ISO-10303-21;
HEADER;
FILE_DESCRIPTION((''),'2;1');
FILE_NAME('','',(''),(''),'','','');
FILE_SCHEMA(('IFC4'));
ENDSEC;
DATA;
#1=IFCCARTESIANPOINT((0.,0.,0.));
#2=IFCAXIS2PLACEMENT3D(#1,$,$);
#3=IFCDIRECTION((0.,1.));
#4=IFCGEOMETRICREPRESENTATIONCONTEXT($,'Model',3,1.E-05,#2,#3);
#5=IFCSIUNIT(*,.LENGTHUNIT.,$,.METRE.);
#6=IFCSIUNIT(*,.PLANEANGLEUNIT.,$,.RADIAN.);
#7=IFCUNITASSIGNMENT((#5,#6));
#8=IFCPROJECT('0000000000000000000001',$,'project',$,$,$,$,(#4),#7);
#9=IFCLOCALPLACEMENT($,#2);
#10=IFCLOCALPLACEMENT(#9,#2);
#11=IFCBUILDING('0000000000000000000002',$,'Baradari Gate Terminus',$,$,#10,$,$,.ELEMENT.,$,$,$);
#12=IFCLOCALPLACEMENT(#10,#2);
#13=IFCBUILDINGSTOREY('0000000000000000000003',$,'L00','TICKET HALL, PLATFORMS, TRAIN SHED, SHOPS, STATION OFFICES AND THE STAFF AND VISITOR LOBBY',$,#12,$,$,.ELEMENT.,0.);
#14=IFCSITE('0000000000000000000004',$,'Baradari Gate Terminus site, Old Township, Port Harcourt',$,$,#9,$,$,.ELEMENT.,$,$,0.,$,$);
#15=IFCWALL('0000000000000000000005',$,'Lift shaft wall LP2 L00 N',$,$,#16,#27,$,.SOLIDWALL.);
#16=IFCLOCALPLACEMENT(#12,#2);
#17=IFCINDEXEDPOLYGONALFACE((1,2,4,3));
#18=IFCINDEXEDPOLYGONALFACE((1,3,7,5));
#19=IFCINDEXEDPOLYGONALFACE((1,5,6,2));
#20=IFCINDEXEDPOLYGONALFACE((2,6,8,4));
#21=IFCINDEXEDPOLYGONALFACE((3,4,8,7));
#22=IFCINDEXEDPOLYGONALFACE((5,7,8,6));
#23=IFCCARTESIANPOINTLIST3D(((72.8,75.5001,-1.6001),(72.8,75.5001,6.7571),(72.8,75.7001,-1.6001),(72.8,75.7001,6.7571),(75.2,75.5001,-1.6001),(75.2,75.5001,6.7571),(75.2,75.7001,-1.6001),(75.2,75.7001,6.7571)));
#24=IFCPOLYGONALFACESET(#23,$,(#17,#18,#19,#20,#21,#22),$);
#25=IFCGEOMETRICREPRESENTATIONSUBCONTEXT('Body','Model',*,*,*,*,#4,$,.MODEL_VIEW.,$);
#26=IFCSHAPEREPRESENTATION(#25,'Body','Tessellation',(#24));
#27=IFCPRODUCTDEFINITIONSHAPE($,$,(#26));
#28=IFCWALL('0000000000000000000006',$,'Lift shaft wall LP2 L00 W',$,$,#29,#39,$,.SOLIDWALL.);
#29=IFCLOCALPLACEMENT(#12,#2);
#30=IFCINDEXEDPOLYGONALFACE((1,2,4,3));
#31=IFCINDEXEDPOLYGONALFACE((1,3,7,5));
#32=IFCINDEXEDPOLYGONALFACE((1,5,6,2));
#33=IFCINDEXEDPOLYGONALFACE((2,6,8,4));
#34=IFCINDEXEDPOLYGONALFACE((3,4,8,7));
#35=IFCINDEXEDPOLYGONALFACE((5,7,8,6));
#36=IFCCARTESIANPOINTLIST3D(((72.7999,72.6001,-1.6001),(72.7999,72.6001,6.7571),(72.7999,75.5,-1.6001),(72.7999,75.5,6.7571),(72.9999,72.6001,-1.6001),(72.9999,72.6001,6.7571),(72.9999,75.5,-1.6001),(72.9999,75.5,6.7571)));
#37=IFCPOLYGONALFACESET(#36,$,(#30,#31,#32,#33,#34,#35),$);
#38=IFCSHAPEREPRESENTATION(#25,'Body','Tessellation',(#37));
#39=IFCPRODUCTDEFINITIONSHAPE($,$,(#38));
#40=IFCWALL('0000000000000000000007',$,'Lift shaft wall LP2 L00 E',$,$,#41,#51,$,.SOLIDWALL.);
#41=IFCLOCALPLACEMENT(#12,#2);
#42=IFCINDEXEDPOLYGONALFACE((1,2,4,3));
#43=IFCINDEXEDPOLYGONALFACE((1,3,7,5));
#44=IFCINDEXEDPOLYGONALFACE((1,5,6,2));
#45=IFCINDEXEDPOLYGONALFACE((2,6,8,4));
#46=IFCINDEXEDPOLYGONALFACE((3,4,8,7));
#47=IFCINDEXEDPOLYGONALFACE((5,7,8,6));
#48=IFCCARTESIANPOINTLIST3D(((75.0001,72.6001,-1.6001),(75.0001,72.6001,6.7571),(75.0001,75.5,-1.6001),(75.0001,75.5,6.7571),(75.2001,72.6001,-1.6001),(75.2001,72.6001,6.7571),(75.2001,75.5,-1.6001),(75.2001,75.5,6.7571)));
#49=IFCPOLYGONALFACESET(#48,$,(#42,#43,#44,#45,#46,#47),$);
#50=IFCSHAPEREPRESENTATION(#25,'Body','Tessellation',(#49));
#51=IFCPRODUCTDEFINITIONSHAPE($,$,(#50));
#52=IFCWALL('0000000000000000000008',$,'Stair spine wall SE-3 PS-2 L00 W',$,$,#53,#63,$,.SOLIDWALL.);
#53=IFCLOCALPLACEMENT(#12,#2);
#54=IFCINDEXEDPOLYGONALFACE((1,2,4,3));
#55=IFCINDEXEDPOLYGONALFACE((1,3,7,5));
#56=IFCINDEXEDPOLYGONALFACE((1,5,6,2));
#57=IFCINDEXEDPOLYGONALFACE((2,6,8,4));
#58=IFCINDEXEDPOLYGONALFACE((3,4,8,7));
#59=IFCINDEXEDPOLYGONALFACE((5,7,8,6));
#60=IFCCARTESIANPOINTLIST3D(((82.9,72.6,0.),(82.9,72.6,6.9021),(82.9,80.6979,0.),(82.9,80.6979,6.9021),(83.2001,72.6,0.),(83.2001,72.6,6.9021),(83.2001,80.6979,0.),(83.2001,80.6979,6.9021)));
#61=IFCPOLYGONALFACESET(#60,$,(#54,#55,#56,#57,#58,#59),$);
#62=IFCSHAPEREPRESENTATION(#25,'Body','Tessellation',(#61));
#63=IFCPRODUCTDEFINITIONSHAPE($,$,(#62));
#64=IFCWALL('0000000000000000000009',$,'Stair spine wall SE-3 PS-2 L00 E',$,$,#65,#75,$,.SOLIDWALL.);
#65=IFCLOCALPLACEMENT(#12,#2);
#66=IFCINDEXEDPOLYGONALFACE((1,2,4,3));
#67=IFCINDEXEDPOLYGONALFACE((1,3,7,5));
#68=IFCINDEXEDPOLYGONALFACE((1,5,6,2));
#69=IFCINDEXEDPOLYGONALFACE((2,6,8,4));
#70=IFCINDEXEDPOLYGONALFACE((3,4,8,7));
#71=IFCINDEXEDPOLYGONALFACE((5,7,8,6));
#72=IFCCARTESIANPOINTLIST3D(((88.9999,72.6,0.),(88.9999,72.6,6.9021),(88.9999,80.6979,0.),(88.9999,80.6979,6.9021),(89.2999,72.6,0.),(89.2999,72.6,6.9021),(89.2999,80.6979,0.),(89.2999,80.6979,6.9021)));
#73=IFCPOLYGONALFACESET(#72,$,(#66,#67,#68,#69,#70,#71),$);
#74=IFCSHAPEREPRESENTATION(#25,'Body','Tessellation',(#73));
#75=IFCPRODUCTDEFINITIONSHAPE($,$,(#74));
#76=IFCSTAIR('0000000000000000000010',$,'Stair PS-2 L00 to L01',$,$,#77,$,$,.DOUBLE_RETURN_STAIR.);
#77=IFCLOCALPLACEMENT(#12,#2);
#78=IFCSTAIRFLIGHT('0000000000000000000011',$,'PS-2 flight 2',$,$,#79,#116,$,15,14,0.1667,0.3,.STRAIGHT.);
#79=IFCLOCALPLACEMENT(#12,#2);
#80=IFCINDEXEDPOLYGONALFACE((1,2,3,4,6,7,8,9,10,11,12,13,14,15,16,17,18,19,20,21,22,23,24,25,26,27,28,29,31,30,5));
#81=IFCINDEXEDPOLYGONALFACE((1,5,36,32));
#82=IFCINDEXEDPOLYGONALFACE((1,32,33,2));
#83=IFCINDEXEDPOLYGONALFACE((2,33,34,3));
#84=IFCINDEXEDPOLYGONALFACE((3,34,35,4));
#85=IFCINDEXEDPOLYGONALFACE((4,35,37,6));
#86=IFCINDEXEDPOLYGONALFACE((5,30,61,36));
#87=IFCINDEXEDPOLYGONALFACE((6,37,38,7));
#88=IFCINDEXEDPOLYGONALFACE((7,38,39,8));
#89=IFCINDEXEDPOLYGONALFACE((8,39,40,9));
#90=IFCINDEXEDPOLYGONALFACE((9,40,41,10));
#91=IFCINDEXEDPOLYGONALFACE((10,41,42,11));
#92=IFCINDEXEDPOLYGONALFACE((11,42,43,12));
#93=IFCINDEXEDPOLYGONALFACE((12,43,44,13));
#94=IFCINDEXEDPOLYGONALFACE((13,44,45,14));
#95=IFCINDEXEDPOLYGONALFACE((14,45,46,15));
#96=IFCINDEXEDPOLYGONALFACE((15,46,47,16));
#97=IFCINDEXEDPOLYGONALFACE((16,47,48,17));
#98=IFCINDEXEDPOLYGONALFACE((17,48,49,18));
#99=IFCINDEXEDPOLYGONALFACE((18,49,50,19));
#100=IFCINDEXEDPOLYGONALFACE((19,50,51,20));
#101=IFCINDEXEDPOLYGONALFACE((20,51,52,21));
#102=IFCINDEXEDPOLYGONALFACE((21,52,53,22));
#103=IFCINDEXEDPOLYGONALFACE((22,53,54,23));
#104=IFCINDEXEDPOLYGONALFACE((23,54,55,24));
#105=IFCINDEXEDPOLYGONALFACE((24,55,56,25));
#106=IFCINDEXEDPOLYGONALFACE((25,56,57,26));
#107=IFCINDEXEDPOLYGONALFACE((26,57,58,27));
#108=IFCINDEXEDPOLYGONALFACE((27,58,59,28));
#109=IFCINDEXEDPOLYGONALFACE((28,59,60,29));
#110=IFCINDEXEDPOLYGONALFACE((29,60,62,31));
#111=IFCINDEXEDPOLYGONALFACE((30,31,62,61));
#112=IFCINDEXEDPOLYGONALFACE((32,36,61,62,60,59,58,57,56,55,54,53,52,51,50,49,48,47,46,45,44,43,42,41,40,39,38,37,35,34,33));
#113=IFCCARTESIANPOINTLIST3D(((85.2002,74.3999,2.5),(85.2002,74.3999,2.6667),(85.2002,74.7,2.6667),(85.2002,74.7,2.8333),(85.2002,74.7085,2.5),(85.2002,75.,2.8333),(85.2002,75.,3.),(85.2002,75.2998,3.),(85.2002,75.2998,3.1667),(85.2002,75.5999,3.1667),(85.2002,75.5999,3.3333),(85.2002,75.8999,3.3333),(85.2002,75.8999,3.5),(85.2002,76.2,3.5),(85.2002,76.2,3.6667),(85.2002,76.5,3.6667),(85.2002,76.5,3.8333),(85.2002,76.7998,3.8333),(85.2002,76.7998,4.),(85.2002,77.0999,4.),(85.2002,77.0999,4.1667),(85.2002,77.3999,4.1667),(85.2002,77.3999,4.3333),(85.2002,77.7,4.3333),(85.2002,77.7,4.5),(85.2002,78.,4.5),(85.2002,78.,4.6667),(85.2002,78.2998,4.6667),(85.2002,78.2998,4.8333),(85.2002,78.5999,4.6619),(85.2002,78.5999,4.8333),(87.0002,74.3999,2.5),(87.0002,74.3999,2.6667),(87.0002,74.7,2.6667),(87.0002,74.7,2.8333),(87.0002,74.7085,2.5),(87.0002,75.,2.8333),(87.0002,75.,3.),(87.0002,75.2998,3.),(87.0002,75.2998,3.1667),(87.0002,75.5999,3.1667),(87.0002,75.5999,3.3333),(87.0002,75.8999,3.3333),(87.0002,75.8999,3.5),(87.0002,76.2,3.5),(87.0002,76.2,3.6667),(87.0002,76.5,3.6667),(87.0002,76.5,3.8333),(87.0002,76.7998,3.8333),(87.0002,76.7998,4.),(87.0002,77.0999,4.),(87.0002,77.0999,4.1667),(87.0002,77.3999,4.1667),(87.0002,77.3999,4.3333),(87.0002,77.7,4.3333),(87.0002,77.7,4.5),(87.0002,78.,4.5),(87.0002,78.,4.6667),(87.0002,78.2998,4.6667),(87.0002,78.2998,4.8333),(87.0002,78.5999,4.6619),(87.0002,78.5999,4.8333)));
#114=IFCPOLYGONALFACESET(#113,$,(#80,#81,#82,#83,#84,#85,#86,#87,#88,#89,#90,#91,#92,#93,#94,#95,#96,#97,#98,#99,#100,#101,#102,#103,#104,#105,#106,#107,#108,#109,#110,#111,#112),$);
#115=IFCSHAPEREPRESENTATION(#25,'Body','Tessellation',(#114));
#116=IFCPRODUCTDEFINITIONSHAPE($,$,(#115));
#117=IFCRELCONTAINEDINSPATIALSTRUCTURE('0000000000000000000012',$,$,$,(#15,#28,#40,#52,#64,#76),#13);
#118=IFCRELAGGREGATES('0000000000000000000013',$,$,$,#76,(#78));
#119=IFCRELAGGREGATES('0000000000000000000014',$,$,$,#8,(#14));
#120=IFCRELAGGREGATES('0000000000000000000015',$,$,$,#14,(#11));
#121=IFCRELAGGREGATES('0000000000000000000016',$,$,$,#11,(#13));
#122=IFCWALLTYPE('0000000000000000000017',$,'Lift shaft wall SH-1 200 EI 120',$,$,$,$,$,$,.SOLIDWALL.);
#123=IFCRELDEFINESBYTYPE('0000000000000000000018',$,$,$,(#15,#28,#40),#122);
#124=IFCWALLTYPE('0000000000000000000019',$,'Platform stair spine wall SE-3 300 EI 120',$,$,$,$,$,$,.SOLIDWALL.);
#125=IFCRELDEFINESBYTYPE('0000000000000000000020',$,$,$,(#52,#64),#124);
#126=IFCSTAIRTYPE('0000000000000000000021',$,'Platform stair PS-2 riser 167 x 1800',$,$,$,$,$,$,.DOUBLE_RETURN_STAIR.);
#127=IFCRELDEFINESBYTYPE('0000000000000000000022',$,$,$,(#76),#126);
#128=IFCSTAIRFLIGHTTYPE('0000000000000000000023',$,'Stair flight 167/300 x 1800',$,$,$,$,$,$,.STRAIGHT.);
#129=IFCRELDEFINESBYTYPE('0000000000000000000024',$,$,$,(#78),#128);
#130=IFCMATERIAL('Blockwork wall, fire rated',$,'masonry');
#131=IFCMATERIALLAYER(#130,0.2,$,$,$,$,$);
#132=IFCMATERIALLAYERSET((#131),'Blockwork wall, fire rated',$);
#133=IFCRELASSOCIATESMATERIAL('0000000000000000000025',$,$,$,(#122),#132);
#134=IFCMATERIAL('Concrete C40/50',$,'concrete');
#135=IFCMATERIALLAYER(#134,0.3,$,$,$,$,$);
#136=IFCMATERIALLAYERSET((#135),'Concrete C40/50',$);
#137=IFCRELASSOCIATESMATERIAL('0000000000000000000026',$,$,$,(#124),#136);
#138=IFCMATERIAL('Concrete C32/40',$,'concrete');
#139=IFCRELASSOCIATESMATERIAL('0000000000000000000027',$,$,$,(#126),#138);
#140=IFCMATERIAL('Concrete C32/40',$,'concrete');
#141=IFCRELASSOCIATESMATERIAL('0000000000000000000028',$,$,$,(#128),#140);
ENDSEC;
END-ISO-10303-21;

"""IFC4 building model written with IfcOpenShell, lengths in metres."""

from ifc_helpers import new_model, si_unit, direction, frame, frame_2d, origin, place, context, subcontext, project, spatial, polyline, rectangle, outline, extrude, material, layer, layer_set, type_object, element, aggregate, save


model = new_model("IFC4")

# Units and contexts
model_context = context("Model", 3, precision=1e-05, world=origin(), true_north=direction((0.0, 1.0)))
body_context = subcontext(model_context, "Body", "Model", "MODEL_VIEW")
ifc_project = project(units=[si_unit("LENGTHUNIT", "METRE"), si_unit("PLANEANGLEUNIT", "RADIAN")], contexts=[model_context])

# Site, building, storey
site_placement = place(None, origin())
site = spatial("IfcSite", under=ifc_project, at=site_placement, Name="Baradari Gate Terminus site, Old Township, Port Harcourt", CompositionType="ELEMENT", RefElevation=0.0)
building_placement = place(site_placement, origin())
building = spatial("IfcBuilding", under=site, at=building_placement, Name="Baradari Gate Terminus", CompositionType="ELEMENT")
storey_placement = place(building_placement, origin())
storey = spatial("IfcBuildingStorey", under=building, at=storey_placement, Name="L00", Description="TICKET HALL, PLATFORMS, TRAIN SHED, SHOPS, STATION OFFICES AND THE STAFF AND VISITOR LOBBY", CompositionType="ELEMENT", Elevation=0.0)

# Shared definitions
ifc_material_1 = material(Name="Blockwork wall, fire rated", Category="masonry")
ifc_layer_1 = layer(ifc_material_1, 0.2)
ifc_layer_set_1 = layer_set([ifc_layer_1], Name="Blockwork wall, fire rated")
wall_type_1 = type_object("IfcWallType", Name="Lift shaft wall SH-1 200 EI 120", PredefinedType="SOLIDWALL", material=ifc_layer_set_1)

# Walls
wall_1_placement = place(storey_placement, frame((72.8, 75.6001, -1.6001), z_axis=(0.0, 0.0, 1.0), x_axis=(1.0, 0.0, 0.0)))
element("IfcWall", 1, at=wall_1_placement, inside=storey, type_object=wall_type_1, Name="Lift shaft wall LP2 L00 N", PredefinedType="SOLIDWALL", context=body_context, shape_type="SweptSolid", body=[
    extrude(rectangle(XDim=2.3999, YDim=0.2, at=frame_2d((1.2, 0.0))), origin(), (0.0, 0.0, 1.0), 8.3572),
])
for number, where, z_axis, x_axis, name in (
    (2, (72.8999, 72.6001, -1.6001), (0.0, 0.0, 1.0), (0.0, 1.0, 0.0), "Lift shaft wall LP2 L00 W"),
    (3, (75.1001, 72.6001, -1.6001), (0.0, 0.0, 1.0), (0.0, 1.0, 0.0), "Lift shaft wall LP2 L00 E"),
):
    element("IfcWall", number, at=place(storey_placement, frame(where, z_axis=z_axis, x_axis=x_axis)), inside=storey, type_object=wall_type_1, Name=name, PredefinedType="SOLIDWALL", context=body_context, shape_type="SweptSolid", body=[
        extrude(rectangle(XDim=2.8999, YDim=0.2, at=frame_2d((1.45, 0.0))), origin(), (0.0, 0.0, 1.0), 8.3572),
    ])
ifc_material_2 = material(Name="Concrete C40/50", Category="concrete")
ifc_layer_2 = layer(ifc_material_2, 0.3)
ifc_layer_set_2 = layer_set([ifc_layer_2], Name="Concrete C40/50")
wall_type_2 = type_object("IfcWallType", Name="Platform stair spine wall SE-3 300 EI 120", PredefinedType="SOLIDWALL", material=ifc_layer_set_2)
for number, where, z_axis, x_axis, name in (
    (4, (83.05, 72.6001, 0.0), (0.0, 0.0, 1.0), (0.0, 1.0, 0.0), "Stair spine wall SE-3 PS-2 L00 W"),
    (5, (89.1499, 72.6001, 0.0), (0.0, 0.0, 1.0), (0.0, 1.0, 0.0), "Stair spine wall SE-3 PS-2 L00 E"),
):
    element("IfcWall", number, at=place(storey_placement, frame(where, z_axis=z_axis, x_axis=x_axis)), inside=storey, type_object=wall_type_2, Name=name, PredefinedType="SOLIDWALL", context=body_context, shape_type="SweptSolid", body=[
        extrude(rectangle(XDim=8.0979, YDim=0.3, at=frame_2d((4.0488, 0.0))), origin(), (0.0, 0.0, 1.0), 6.9021),
    ])

# Stair, stair flight
ifc_material_3 = material(Name="Concrete C32/40", Category="concrete")
stair_type = type_object("IfcStairType", Name="Platform stair PS-2 riser 167 x 1800", PredefinedType="DOUBLE_RETURN_STAIR", material=ifc_material_3)
stair_placement = place(storey_placement, origin())
stair = element("IfcStair", 6, at=stair_placement, inside=storey, type_object=stair_type, Name="Stair PS-2 L00 to L01", PredefinedType="DOUBLE_RETURN_STAIR")
ifc_material_4 = material(Name="Concrete C32/40", Category="concrete")
stair_flight_type = type_object("IfcStairFlightType", Name="Stair flight 167/300 x 1800", PredefinedType="STRAIGHT", material=ifc_material_4)
stair_flight_placement = place(storey_placement, frame((86.1001, 74.3999, 2.5), z_axis=(0.0, 0.0, 1.0), x_axis=(0.0, 1.0, 0.0)))
stair_flight = element("IfcStairFlight", 7, at=stair_flight_placement, type_object=stair_flight_type, Name="PS-2 flight 2", NumberOfRisers=15, NumberOfTreads=14, PredefinedType="STRAIGHT", RiserHeight=0.1667, TreadLength=0.3, context=body_context, shape_type="SweptSolid", body=[
    extrude(outline(polyline([(0.0, 0.0), (0.0, 0.1667), (0.3, 0.1667), (0.3, 0.3333), (0.6001, 0.3333), (0.6001, 0.5), (0.8999, 0.5), (0.8999, 0.6667), (1.2, 0.6667), (1.2, 0.8333), (1.5, 0.8333), (1.5, 1.0), (1.8, 1.0), (1.8, 1.1667), (2.1001, 1.1667), (2.1001, 1.3333), (2.3999, 1.3333), (2.3999, 1.5), (2.7, 1.5), (2.7, 1.6667), (3.0, 1.6667), (3.0, 1.8333), (3.3, 1.8333), (3.3, 2.0), (3.6001, 2.0), (3.6001, 2.1667), (3.8999, 2.1667), (3.8999, 2.3333), (4.2, 2.3333), (4.2, 2.5), (4.2, 2.1619), (0.3086, 0.0), (0.0, 0.0)])), frame((0.0, 0.8999, 0.0), z_axis=(0.0, -1.0, 0.0), x_axis=(1.0, 0.0, 0.0)), (0.0, 0.0, 1.0), 1.8),
])
aggregate(stair, [stair_flight])

save(model, "model.ifc")
